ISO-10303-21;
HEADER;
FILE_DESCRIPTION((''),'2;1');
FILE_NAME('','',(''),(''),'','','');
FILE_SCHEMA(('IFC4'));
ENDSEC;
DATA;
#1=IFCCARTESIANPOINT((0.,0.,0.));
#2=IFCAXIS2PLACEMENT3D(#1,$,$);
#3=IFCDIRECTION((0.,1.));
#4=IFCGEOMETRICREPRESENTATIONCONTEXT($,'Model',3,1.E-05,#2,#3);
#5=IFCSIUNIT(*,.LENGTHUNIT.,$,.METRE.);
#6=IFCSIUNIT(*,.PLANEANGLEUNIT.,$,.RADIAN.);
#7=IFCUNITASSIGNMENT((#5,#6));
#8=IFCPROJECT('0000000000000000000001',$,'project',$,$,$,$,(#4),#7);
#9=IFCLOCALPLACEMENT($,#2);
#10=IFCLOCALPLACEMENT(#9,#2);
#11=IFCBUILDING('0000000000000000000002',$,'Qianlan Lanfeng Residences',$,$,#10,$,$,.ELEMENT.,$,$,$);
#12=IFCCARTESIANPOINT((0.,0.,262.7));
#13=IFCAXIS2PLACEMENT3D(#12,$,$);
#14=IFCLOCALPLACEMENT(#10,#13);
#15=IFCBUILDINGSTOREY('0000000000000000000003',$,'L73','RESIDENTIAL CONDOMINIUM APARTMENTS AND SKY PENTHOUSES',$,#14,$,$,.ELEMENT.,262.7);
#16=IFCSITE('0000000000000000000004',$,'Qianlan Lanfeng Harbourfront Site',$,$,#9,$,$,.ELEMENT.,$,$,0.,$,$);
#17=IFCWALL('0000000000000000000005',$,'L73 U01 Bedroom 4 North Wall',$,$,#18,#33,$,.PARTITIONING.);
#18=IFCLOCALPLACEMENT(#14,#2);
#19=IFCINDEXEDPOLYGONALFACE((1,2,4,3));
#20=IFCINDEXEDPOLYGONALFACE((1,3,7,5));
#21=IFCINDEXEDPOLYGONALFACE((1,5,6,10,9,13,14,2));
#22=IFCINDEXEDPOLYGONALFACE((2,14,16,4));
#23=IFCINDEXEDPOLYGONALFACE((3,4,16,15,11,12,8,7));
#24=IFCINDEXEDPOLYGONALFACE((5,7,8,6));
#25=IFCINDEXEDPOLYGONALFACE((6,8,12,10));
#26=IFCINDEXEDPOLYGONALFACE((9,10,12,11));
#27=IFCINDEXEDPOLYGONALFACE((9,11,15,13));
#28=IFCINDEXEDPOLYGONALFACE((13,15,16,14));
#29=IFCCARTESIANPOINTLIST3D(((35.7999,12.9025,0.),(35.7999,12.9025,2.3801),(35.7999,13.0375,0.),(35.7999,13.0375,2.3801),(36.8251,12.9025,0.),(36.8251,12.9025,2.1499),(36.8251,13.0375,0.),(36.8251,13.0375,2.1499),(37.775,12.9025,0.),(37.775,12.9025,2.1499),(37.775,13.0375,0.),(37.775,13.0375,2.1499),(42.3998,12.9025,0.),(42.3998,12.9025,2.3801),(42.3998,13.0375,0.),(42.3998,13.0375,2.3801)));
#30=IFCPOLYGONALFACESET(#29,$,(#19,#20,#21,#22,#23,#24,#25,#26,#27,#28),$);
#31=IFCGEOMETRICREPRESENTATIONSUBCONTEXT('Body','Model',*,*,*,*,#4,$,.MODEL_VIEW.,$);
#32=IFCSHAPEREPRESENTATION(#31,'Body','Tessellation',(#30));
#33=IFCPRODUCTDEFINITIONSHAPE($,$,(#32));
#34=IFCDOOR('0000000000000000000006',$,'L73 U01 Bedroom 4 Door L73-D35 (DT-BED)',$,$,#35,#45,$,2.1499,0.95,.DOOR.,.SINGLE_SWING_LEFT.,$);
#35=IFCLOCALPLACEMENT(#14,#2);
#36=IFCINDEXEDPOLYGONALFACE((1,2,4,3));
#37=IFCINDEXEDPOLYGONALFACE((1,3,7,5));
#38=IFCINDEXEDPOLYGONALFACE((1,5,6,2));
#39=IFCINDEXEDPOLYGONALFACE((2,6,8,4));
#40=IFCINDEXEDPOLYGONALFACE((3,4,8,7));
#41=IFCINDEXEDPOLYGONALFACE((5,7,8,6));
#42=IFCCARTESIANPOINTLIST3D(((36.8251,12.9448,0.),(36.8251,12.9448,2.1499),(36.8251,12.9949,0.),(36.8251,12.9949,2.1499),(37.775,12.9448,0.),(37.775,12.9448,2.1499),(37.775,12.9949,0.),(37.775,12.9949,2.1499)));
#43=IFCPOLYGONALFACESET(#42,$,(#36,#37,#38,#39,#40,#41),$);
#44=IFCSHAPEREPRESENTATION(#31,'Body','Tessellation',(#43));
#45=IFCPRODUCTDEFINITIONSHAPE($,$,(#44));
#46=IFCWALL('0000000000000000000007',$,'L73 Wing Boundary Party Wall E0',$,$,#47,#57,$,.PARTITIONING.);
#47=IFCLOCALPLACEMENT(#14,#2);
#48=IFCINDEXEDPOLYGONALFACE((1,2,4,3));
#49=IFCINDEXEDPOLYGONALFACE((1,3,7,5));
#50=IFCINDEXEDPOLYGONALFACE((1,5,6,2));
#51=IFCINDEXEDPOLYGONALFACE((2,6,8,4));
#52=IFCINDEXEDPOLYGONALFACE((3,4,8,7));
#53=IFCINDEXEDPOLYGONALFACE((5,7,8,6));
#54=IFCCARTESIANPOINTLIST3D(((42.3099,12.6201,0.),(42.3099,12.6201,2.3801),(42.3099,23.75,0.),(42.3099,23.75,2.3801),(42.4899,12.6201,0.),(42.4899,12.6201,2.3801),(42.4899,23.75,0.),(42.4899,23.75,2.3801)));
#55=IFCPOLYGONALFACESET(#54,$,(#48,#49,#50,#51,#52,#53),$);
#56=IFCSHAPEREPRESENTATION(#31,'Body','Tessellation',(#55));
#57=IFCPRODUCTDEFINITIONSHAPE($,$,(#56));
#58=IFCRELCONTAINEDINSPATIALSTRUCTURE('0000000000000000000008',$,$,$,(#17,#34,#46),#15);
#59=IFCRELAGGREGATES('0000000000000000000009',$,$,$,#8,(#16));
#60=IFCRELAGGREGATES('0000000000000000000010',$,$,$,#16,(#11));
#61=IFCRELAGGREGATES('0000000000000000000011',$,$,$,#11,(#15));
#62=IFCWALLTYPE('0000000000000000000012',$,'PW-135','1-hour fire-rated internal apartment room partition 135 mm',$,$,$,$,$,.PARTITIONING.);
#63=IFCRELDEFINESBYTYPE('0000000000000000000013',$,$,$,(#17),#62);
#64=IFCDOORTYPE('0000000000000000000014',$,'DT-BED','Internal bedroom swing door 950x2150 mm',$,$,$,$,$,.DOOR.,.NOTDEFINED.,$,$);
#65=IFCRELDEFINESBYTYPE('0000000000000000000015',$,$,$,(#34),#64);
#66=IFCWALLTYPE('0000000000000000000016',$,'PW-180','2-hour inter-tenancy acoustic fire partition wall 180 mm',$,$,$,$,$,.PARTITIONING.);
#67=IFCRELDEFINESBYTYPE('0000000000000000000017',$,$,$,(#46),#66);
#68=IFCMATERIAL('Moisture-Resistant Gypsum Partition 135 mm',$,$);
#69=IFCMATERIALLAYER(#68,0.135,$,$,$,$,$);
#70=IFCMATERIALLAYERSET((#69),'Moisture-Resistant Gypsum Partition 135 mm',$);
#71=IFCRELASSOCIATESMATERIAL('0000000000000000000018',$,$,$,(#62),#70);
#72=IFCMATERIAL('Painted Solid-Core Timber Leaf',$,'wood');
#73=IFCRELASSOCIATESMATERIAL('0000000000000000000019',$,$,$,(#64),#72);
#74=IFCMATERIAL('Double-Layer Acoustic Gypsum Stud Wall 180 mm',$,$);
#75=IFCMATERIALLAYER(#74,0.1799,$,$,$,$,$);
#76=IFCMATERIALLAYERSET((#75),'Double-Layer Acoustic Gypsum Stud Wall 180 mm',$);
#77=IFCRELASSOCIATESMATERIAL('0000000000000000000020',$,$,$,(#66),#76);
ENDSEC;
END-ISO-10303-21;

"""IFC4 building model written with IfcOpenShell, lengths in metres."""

from ifc_helpers import new_model, si_unit, direction, frame, frame_2d, origin, place, context, subcontext, project, spatial, rectangle, extrude, material, layer, layer_set, type_object, element, fill, save


model = new_model("IFC4")

# Units and contexts
model_context = context("Model", 3, precision=1e-05, world=origin(), true_north=direction((0.0, 1.0)))
body_context = subcontext(model_context, "Body", "Model", "MODEL_VIEW")
ifc_project = project(units=[si_unit("LENGTHUNIT", "METRE"), si_unit("PLANEANGLEUNIT", "RADIAN")], contexts=[model_context])

# Site, building, storey
site_placement = place(None, origin())
site = spatial("IfcSite", under=ifc_project, at=site_placement, Name="Qianlan Lanfeng Harbourfront Site", CompositionType="ELEMENT", RefElevation=0.0)
building_placement = place(site_placement, origin())
building = spatial("IfcBuilding", under=site, at=building_placement, Name="Qianlan Lanfeng Residences", CompositionType="ELEMENT")
storey_placement = place(building_placement, frame((0.0, 0.0, 262.7)))
storey = spatial("IfcBuildingStorey", under=building, at=storey_placement, Name="L73", Description="RESIDENTIAL CONDOMINIUM APARTMENTS AND SKY PENTHOUSES", CompositionType="ELEMENT", Elevation=262.7)

# Wall, opening, door
ifc_material_1 = material(Name="Moisture-Resistant Gypsum Partition 135 mm")
ifc_layer_1 = layer(ifc_material_1, 0.135)
ifc_layer_set_1 = layer_set([ifc_layer_1], Name="Moisture-Resistant Gypsum Partition 135 mm")
wall_type_1 = type_object("IfcWallType", Name="PW-135", Description="1-hour fire-rated internal apartment room partition 135 mm", PredefinedType="PARTITIONING", material=ifc_layer_set_1)
wall_1_placement = place(storey_placement, frame((35.8, 12.97, 0.0), z_axis=(0.0, 0.0, 1.0), x_axis=(1.0, 0.0, 0.0)))
wall_1 = element("IfcWall", 1, at=wall_1_placement, inside=storey, type_object=wall_type_1, Name="L73 U01 Bedroom 4 North Wall", PredefinedType="PARTITIONING", context=body_context, shape_type="SweptSolid", body=[
    extrude(rectangle(XDim=6.5999, YDim=0.135, at=frame_2d((3.2998, 0.0))), origin(), (0.0, 0.0, 1.0), 2.3801),
])
opening_1_placement = place(wall_1_placement, frame((1.0249, 0.0, 0.0)))
opening_1 = element("IfcOpeningElement", 2, at=opening_1_placement, cuts=wall_1, PredefinedType="OPENING", context=body_context, shape_type="SweptSolid", body=[
    extrude(rectangle(XDim=0.95, YDim=2.1499, at=frame_2d((0.4751, 1.075))), frame((0.0, 0.0776, 0.0), z_axis=(0.0, -1.0, 0.0), x_axis=(1.0, 0.0, 0.0)), (0.0, 0.0, 1.0), 0.155),
])
ifc_material_2 = material(Name="Painted Solid-Core Timber Leaf", Category="wood")
door_type_1 = type_object("IfcDoorType", Name="DT-BED", Description="Internal bedroom swing door 950x2150 mm", OperationType="NOTDEFINED", PredefinedType="DOOR", material=ifc_material_2)
door_1_placement = place(opening_1_placement, origin())
door_1 = element("IfcDoor", 3, at=door_1_placement, inside=storey, type_object=door_type_1, Name="L73 U01 Bedroom 4 Door L73-D35 (DT-BED)", OperationType="SINGLE_SWING_LEFT", OverallHeight=2.1499, OverallWidth=0.95, PredefinedType="DOOR", context=body_context, shape_type="SweptSolid", body=[
    extrude(rectangle(XDim=0.95, YDim=2.1499, at=frame_2d((0.4751, 1.075))), frame((0.0, 0.0249, 0.0), z_axis=(0.0, -1.0, 0.0), x_axis=(1.0, 0.0, 0.0)), (0.0, 0.0, 1.0), 0.05),
])
fill(opening_1, door_1)

# Wall
ifc_material_3 = material(Name="Double-Layer Acoustic Gypsum Stud Wall 180 mm")
ifc_layer_2 = layer(ifc_material_3, 0.1799)
ifc_layer_set_2 = layer_set([ifc_layer_2], Name="Double-Layer Acoustic Gypsum Stud Wall 180 mm")
wall_type_2 = type_object("IfcWallType", Name="PW-180", Description="2-hour inter-tenancy acoustic fire partition wall 180 mm", PredefinedType="PARTITIONING", material=ifc_layer_set_2)
wall_2_placement = place(storey_placement, frame((42.3999, 12.6201, 0.0), z_axis=(0.0, 0.0, 1.0), x_axis=(0.0, 1.0, 0.0)))
element("IfcWall", 4, at=wall_2_placement, inside=storey, type_object=wall_type_2, Name="L73 Wing Boundary Party Wall E0", PredefinedType="PARTITIONING", context=body_context, shape_type="SweptSolid", body=[
    extrude(rectangle(XDim=11.1299, YDim=0.1799, at=frame_2d((5.5649, 0.0))), origin(), (0.0, 0.0, 1.0), 2.3801),
])

save(model, "model.ifc")
